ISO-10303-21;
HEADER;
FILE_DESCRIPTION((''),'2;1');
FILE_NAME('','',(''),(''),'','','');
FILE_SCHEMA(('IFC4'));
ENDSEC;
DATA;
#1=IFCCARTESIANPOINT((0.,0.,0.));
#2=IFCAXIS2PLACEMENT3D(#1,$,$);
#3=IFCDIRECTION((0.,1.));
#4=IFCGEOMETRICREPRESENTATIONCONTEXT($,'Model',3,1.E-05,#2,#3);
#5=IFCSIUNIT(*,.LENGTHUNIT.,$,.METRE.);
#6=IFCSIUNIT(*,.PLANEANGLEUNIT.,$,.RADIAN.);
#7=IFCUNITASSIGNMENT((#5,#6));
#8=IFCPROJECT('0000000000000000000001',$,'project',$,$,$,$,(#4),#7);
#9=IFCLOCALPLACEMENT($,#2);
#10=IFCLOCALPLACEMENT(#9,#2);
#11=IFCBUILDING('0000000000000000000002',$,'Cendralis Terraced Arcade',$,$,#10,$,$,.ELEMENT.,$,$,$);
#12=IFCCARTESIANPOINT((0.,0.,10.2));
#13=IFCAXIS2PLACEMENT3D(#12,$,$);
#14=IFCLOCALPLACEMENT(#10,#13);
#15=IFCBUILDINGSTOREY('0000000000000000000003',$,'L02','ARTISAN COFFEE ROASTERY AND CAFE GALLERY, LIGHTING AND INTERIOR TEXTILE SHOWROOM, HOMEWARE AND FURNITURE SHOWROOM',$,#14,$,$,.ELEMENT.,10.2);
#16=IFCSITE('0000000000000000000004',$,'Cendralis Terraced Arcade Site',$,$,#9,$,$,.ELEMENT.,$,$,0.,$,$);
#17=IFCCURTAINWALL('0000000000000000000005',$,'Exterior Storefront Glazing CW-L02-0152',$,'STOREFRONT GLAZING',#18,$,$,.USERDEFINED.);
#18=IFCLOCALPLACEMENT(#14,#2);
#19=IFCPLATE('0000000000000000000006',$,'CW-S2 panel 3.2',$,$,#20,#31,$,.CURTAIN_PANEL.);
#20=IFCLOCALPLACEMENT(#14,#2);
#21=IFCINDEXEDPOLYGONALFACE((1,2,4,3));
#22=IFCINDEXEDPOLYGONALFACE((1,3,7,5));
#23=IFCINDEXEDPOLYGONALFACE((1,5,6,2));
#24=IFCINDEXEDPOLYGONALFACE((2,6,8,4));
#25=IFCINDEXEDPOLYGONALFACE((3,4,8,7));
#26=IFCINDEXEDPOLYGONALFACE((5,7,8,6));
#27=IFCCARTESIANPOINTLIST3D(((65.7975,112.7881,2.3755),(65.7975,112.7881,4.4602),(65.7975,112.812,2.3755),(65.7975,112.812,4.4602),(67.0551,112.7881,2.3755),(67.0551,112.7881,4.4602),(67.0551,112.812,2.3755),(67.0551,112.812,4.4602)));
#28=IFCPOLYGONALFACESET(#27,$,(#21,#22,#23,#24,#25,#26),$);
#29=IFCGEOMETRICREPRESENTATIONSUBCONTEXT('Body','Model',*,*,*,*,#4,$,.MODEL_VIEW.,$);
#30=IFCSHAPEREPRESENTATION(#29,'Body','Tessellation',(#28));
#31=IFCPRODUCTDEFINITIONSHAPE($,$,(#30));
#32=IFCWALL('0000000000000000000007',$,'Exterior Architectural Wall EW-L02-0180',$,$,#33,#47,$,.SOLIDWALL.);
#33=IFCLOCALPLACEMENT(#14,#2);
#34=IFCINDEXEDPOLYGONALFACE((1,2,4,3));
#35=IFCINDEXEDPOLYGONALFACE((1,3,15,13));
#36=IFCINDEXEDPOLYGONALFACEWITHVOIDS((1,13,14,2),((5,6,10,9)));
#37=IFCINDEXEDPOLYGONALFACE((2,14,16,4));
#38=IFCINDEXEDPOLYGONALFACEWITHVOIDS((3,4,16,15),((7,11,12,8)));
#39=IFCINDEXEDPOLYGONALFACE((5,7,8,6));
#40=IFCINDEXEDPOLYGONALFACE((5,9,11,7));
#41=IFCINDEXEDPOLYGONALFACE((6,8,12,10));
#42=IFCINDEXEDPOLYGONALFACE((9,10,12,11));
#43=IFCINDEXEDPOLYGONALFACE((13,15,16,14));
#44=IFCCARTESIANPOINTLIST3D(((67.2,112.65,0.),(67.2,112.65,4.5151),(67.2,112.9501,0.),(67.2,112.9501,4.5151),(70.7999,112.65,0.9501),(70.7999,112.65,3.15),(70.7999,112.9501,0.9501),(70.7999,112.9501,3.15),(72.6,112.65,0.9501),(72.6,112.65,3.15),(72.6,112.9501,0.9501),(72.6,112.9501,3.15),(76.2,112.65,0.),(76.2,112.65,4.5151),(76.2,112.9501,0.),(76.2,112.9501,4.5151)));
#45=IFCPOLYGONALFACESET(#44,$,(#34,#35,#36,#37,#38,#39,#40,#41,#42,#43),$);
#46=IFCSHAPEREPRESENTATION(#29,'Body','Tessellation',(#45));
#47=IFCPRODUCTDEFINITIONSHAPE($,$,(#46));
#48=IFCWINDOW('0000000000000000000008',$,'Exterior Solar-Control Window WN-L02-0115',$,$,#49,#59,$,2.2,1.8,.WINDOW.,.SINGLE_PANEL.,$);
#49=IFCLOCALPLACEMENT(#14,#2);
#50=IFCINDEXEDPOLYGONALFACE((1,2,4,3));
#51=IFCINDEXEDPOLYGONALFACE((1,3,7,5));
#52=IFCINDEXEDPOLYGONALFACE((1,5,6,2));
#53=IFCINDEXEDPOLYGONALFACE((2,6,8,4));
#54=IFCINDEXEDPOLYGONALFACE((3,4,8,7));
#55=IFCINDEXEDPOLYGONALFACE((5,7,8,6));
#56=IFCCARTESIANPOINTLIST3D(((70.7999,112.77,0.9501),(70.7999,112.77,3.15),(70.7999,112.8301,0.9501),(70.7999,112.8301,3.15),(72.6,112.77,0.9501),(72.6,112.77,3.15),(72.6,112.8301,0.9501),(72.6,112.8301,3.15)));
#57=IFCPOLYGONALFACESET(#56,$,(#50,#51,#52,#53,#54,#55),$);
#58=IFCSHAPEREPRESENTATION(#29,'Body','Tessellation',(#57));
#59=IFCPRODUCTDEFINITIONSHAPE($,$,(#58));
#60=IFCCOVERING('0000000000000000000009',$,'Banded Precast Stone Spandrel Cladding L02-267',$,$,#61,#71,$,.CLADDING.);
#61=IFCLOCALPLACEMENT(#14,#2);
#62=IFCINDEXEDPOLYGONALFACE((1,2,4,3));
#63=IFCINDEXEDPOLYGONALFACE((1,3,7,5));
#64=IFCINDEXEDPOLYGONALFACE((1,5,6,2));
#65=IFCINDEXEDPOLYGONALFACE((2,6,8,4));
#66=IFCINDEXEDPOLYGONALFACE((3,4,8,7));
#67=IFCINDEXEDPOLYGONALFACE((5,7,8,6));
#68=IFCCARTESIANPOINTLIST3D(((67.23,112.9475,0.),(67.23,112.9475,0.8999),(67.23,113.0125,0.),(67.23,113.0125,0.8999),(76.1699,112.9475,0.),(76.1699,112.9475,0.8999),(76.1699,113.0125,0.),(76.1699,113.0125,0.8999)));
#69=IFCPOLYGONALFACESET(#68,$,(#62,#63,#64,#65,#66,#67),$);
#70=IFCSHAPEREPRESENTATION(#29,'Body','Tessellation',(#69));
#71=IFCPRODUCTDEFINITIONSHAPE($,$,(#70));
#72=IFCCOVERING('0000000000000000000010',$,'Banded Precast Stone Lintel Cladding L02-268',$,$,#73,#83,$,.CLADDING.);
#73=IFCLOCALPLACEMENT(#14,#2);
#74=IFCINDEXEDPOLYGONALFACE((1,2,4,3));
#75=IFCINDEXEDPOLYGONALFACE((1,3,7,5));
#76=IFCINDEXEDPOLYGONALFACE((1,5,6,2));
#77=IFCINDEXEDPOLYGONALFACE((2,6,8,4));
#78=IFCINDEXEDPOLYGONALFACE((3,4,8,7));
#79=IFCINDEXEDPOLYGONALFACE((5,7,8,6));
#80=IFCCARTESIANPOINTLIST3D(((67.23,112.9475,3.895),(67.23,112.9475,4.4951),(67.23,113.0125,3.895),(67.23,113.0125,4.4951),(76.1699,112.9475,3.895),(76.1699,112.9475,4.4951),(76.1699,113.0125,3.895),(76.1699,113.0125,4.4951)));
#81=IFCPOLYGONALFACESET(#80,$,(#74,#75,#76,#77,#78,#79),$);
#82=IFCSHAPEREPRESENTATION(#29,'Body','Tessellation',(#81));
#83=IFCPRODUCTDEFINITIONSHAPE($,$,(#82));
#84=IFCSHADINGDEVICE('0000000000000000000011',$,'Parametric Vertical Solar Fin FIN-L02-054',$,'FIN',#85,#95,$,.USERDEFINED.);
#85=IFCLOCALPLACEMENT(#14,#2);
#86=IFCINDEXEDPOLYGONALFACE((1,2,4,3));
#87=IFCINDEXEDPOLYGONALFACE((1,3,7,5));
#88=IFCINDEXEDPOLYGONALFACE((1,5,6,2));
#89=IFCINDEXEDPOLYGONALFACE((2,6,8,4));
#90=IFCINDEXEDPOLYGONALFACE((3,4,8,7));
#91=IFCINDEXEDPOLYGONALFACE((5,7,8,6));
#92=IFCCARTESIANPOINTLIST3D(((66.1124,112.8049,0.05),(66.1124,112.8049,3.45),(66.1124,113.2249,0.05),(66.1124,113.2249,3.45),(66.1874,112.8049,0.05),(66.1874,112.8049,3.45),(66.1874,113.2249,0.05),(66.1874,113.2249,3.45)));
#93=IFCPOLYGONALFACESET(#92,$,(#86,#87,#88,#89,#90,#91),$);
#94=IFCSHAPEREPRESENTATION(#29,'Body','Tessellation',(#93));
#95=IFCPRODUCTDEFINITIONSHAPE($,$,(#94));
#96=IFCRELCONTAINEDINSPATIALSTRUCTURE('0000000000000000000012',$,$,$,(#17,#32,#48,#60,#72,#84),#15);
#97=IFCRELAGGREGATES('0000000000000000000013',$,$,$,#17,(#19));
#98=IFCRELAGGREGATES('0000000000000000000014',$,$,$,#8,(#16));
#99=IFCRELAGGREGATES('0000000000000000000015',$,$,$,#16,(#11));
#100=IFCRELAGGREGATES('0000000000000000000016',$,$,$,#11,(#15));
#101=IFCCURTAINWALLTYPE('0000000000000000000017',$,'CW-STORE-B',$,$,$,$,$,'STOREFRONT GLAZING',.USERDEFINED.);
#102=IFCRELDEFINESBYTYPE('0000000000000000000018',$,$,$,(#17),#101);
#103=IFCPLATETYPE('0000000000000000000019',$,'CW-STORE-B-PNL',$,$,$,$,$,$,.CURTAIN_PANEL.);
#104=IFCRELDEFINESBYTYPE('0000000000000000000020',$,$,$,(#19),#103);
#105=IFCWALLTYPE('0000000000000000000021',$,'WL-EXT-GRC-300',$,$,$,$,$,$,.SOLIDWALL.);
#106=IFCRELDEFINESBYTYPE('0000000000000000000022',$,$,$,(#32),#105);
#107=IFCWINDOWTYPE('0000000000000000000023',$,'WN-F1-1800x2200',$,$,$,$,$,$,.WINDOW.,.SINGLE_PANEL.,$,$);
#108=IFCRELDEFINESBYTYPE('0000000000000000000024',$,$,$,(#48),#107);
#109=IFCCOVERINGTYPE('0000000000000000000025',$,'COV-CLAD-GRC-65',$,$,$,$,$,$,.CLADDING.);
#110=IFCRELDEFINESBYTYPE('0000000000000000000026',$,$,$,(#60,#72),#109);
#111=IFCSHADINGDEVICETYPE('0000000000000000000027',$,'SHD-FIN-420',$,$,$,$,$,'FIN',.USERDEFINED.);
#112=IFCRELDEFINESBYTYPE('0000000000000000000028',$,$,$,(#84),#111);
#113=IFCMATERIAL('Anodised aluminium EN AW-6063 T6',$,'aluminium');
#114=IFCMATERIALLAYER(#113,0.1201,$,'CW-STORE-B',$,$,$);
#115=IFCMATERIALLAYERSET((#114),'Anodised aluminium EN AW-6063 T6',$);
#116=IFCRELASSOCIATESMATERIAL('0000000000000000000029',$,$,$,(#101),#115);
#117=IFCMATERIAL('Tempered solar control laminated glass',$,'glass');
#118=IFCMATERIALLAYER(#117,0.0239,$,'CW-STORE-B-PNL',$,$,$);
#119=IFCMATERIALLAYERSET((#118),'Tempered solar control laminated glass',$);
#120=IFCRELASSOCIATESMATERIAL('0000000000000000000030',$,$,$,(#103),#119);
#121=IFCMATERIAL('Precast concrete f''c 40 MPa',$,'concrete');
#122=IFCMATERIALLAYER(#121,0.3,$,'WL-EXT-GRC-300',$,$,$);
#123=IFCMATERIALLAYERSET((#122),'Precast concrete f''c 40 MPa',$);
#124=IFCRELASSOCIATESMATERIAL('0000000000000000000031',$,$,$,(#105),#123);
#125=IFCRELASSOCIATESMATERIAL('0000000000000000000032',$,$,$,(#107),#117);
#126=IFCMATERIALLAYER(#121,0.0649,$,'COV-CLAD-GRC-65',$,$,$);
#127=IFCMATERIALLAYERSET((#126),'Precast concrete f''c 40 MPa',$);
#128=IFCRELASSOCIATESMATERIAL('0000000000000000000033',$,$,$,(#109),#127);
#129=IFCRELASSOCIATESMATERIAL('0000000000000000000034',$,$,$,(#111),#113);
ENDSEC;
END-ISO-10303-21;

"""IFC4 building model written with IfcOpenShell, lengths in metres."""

from ifc_helpers import new_model, si_unit, direction, frame, frame_2d, origin, origin_2d, place, context, subcontext, project, spatial, rectangle, extrude, material, layer, layer_set, type_object, element, fill, aggregate, save


model = new_model("IFC4")

# Units and contexts
model_context = context("Model", 3, precision=1e-05, world=origin(), true_north=direction((0.0, 1.0)))
body_context = subcontext(model_context, "Body", "Model", "MODEL_VIEW")
ifc_project = project(units=[si_unit("LENGTHUNIT", "METRE"), si_unit("PLANEANGLEUNIT", "RADIAN")], contexts=[model_context])

# Site, building, storey
site_placement = place(None, origin())
site = spatial("IfcSite", under=ifc_project, at=site_placement, Name="Cendralis Terraced Arcade Site", CompositionType="ELEMENT", RefElevation=0.0)
building_placement = place(site_placement, origin())
building = spatial("IfcBuilding", under=site, at=building_placement, Name="Cendralis Terraced Arcade", CompositionType="ELEMENT")
storey_placement = place(building_placement, frame((0.0, 0.0, 10.2)))
storey = spatial("IfcBuildingStorey", under=building, at=storey_placement, Name="L02", Description="ARTISAN COFFEE ROASTERY AND CAFE GALLERY, LIGHTING AND INTERIOR TEXTILE SHOWROOM, HOMEWARE AND FURNITURE SHOWROOM", CompositionType="ELEMENT", Elevation=10.2)

# Curtain wall
ifc_material_1 = material(Name="Anodised aluminium EN AW-6063 T6", Category="aluminium")
ifc_layer_1 = layer(ifc_material_1, 0.1201, Name="CW-STORE-B")
ifc_layer_set_1 = layer_set([ifc_layer_1], Name="Anodised aluminium EN AW-6063 T6")
curtain_wall_type = type_object("IfcCurtainWallType", Name="CW-STORE-B", ElementType="STOREFRONT GLAZING", PredefinedType="USERDEFINED", material=ifc_layer_set_1)
curtain_wall_1_placement = place(storey_placement, origin())
curtain_wall_1 = element("IfcCurtainWall", 1, at=curtain_wall_1_placement, inside=storey, type_object=curtain_wall_type, Name="Exterior Storefront Glazing CW-L02-0152", ObjectType="STOREFRONT GLAZING", PredefinedType="USERDEFINED")

# Plate
ifc_material_2 = material(Name="Tempered solar control laminated glass", Category="glass")
ifc_layer_2 = layer(ifc_material_2, 0.0239, Name="CW-STORE-B-PNL")
ifc_layer_set_2 = layer_set([ifc_layer_2], Name="Tempered solar control laminated glass")
plate_type = type_object("IfcPlateType", Name="CW-STORE-B-PNL", PredefinedType="CURTAIN_PANEL", material=ifc_layer_set_2)
plate_1_placement = place(storey_placement, frame((66.4263, 112.8, 2.3755), z_axis=(0.0, 0.0, 1.0), x_axis=(1.0, 0.0, 0.0)))
plate_1 = element("IfcPlate", 2, at=plate_1_placement, type_object=plate_type, Name="CW-S2 panel 3.2", PredefinedType="CURTAIN_PANEL", context=body_context, shape_type="SweptSolid", body=[
    extrude(rectangle(XDim=1.2576, YDim=0.0239, at=origin_2d()), origin(), (0.0, 0.0, 1.0), 2.0847),
])
aggregate(curtain_wall_1, [plate_1])

# Wall, opening, window
ifc_material_3 = material(Name="Precast concrete f'c 40 MPa", Category="concrete")
ifc_layer_3 = layer(ifc_material_3, 0.3, Name="WL-EXT-GRC-300")
ifc_layer_set_3 = layer_set([ifc_layer_3], Name="Precast concrete f'c 40 MPa")
wall_type = type_object("IfcWallType", Name="WL-EXT-GRC-300", PredefinedType="SOLIDWALL", material=ifc_layer_set_3)
wall_placement = place(storey_placement, frame((67.2, 112.8, 0.0), z_axis=(0.0, 0.0, 1.0), x_axis=(1.0, 0.0, 0.0)))
wall = element("IfcWall", 3, at=wall_placement, inside=storey, type_object=wall_type, Name="Exterior Architectural Wall EW-L02-0180", PredefinedType="SOLIDWALL", context=body_context, shape_type="SweptSolid", body=[
    extrude(rectangle(XDim=9.0, YDim=0.3, at=frame_2d((4.5, 0.0))), origin(), (0.0, 0.0, 1.0), 4.5151),
])
opening_placement = place(wall_placement, frame((3.6001, 0.0, 0.95)))
opening = element("IfcOpeningElement", 4, at=opening_placement, cuts=wall, PredefinedType="OPENING", context=body_context, shape_type="SweptSolid", body=[
    extrude(rectangle(XDim=1.8, YDim=2.2, at=frame_2d((0.8999, 1.1001))), frame((0.0, 0.1621, 0.0), z_axis=(0.0, -1.0, 0.0), x_axis=(1.0, 0.0, 0.0)), (0.0, 0.0, 1.0), 0.324),
])
window_type = type_object("IfcWindowType", Name="WN-F1-1800x2200", PartitioningType="SINGLE_PANEL", PredefinedType="WINDOW", material=ifc_material_2)
window_placement = place(opening_placement, origin())
window = element("IfcWindow", 5, at=window_placement, inside=storey, type_object=window_type, Name="Exterior Solar-Control Window WN-L02-0115", OverallHeight=2.2, OverallWidth=1.8, PartitioningType="SINGLE_PANEL", PredefinedType="WINDOW", context=body_context, shape_type="SweptSolid", body=[
    extrude(rectangle(XDim=1.8, YDim=2.2, at=frame_2d((0.8999, 1.1001))), frame((0.0, 0.03, 0.0), z_axis=(0.0, -1.0, 0.0), x_axis=(1.0, 0.0, 0.0)), (0.0, 0.0, 1.0), 0.0601),
])
fill(opening, window)

# Coverings
ifc_layer_4 = layer(ifc_material_3, 0.0649, Name="COV-CLAD-GRC-65")
ifc_layer_set_4 = layer_set([ifc_layer_4], Name="Precast concrete f'c 40 MPa")
covering_type = type_object("IfcCoveringType", Name="COV-CLAD-GRC-65", PredefinedType="CLADDING", material=ifc_layer_set_4)
covering_1_placement = place(storey_placement, frame((71.7, 112.98, 0.0), z_axis=(0.0, 0.0, 1.0), x_axis=(1.0, 0.0, 0.0)))
element("IfcCovering", 6, at=covering_1_placement, inside=storey, type_object=covering_type, Name="Banded Precast Stone Spandrel Cladding L02-267", PredefinedType="CLADDING", context=body_context, shape_type="SweptSolid", body=[
    extrude(rectangle(XDim=8.9399, YDim=0.0649, at=origin_2d()), origin(), (0.0, 0.0, 1.0), 0.8999),
])
covering_2_placement = place(storey_placement, frame((71.7, 112.98, 3.895), z_axis=(0.0, 0.0, 1.0), x_axis=(1.0, 0.0, 0.0)))
element("IfcCovering", 7, at=covering_2_placement, inside=storey, type_object=covering_type, Name="Banded Precast Stone Lintel Cladding L02-268", PredefinedType="CLADDING", context=body_context, shape_type="SweptSolid", body=[
    extrude(rectangle(XDim=8.9399, YDim=0.0649, at=origin_2d()), origin(), (0.0, 0.0, 1.0), 0.6001),
])

# Shading device
shading_device_type = type_object("IfcShadingDeviceType", Name="SHD-FIN-420", ElementType="FIN", PredefinedType="USERDEFINED", material=ifc_material_1)
shading_device_placement = place(storey_placement, frame((66.1499, 113.0149, 0.05), z_axis=(0.0, 0.0, 1.0), x_axis=(1.0, 0.0, 0.0)))
element("IfcShadingDevice", 8, at=shading_device_placement, inside=storey, type_object=shading_device_type, Name="Parametric Vertical Solar Fin FIN-L02-054", ObjectType="FIN", PredefinedType="USERDEFINED", context=body_context, shape_type="SweptSolid", body=[
    extrude(rectangle(XDim=0.075, YDim=0.4199, at=origin_2d()), origin(), (0.0, 0.0, 1.0), 3.3999),
])

save(model, "model.ifc")
